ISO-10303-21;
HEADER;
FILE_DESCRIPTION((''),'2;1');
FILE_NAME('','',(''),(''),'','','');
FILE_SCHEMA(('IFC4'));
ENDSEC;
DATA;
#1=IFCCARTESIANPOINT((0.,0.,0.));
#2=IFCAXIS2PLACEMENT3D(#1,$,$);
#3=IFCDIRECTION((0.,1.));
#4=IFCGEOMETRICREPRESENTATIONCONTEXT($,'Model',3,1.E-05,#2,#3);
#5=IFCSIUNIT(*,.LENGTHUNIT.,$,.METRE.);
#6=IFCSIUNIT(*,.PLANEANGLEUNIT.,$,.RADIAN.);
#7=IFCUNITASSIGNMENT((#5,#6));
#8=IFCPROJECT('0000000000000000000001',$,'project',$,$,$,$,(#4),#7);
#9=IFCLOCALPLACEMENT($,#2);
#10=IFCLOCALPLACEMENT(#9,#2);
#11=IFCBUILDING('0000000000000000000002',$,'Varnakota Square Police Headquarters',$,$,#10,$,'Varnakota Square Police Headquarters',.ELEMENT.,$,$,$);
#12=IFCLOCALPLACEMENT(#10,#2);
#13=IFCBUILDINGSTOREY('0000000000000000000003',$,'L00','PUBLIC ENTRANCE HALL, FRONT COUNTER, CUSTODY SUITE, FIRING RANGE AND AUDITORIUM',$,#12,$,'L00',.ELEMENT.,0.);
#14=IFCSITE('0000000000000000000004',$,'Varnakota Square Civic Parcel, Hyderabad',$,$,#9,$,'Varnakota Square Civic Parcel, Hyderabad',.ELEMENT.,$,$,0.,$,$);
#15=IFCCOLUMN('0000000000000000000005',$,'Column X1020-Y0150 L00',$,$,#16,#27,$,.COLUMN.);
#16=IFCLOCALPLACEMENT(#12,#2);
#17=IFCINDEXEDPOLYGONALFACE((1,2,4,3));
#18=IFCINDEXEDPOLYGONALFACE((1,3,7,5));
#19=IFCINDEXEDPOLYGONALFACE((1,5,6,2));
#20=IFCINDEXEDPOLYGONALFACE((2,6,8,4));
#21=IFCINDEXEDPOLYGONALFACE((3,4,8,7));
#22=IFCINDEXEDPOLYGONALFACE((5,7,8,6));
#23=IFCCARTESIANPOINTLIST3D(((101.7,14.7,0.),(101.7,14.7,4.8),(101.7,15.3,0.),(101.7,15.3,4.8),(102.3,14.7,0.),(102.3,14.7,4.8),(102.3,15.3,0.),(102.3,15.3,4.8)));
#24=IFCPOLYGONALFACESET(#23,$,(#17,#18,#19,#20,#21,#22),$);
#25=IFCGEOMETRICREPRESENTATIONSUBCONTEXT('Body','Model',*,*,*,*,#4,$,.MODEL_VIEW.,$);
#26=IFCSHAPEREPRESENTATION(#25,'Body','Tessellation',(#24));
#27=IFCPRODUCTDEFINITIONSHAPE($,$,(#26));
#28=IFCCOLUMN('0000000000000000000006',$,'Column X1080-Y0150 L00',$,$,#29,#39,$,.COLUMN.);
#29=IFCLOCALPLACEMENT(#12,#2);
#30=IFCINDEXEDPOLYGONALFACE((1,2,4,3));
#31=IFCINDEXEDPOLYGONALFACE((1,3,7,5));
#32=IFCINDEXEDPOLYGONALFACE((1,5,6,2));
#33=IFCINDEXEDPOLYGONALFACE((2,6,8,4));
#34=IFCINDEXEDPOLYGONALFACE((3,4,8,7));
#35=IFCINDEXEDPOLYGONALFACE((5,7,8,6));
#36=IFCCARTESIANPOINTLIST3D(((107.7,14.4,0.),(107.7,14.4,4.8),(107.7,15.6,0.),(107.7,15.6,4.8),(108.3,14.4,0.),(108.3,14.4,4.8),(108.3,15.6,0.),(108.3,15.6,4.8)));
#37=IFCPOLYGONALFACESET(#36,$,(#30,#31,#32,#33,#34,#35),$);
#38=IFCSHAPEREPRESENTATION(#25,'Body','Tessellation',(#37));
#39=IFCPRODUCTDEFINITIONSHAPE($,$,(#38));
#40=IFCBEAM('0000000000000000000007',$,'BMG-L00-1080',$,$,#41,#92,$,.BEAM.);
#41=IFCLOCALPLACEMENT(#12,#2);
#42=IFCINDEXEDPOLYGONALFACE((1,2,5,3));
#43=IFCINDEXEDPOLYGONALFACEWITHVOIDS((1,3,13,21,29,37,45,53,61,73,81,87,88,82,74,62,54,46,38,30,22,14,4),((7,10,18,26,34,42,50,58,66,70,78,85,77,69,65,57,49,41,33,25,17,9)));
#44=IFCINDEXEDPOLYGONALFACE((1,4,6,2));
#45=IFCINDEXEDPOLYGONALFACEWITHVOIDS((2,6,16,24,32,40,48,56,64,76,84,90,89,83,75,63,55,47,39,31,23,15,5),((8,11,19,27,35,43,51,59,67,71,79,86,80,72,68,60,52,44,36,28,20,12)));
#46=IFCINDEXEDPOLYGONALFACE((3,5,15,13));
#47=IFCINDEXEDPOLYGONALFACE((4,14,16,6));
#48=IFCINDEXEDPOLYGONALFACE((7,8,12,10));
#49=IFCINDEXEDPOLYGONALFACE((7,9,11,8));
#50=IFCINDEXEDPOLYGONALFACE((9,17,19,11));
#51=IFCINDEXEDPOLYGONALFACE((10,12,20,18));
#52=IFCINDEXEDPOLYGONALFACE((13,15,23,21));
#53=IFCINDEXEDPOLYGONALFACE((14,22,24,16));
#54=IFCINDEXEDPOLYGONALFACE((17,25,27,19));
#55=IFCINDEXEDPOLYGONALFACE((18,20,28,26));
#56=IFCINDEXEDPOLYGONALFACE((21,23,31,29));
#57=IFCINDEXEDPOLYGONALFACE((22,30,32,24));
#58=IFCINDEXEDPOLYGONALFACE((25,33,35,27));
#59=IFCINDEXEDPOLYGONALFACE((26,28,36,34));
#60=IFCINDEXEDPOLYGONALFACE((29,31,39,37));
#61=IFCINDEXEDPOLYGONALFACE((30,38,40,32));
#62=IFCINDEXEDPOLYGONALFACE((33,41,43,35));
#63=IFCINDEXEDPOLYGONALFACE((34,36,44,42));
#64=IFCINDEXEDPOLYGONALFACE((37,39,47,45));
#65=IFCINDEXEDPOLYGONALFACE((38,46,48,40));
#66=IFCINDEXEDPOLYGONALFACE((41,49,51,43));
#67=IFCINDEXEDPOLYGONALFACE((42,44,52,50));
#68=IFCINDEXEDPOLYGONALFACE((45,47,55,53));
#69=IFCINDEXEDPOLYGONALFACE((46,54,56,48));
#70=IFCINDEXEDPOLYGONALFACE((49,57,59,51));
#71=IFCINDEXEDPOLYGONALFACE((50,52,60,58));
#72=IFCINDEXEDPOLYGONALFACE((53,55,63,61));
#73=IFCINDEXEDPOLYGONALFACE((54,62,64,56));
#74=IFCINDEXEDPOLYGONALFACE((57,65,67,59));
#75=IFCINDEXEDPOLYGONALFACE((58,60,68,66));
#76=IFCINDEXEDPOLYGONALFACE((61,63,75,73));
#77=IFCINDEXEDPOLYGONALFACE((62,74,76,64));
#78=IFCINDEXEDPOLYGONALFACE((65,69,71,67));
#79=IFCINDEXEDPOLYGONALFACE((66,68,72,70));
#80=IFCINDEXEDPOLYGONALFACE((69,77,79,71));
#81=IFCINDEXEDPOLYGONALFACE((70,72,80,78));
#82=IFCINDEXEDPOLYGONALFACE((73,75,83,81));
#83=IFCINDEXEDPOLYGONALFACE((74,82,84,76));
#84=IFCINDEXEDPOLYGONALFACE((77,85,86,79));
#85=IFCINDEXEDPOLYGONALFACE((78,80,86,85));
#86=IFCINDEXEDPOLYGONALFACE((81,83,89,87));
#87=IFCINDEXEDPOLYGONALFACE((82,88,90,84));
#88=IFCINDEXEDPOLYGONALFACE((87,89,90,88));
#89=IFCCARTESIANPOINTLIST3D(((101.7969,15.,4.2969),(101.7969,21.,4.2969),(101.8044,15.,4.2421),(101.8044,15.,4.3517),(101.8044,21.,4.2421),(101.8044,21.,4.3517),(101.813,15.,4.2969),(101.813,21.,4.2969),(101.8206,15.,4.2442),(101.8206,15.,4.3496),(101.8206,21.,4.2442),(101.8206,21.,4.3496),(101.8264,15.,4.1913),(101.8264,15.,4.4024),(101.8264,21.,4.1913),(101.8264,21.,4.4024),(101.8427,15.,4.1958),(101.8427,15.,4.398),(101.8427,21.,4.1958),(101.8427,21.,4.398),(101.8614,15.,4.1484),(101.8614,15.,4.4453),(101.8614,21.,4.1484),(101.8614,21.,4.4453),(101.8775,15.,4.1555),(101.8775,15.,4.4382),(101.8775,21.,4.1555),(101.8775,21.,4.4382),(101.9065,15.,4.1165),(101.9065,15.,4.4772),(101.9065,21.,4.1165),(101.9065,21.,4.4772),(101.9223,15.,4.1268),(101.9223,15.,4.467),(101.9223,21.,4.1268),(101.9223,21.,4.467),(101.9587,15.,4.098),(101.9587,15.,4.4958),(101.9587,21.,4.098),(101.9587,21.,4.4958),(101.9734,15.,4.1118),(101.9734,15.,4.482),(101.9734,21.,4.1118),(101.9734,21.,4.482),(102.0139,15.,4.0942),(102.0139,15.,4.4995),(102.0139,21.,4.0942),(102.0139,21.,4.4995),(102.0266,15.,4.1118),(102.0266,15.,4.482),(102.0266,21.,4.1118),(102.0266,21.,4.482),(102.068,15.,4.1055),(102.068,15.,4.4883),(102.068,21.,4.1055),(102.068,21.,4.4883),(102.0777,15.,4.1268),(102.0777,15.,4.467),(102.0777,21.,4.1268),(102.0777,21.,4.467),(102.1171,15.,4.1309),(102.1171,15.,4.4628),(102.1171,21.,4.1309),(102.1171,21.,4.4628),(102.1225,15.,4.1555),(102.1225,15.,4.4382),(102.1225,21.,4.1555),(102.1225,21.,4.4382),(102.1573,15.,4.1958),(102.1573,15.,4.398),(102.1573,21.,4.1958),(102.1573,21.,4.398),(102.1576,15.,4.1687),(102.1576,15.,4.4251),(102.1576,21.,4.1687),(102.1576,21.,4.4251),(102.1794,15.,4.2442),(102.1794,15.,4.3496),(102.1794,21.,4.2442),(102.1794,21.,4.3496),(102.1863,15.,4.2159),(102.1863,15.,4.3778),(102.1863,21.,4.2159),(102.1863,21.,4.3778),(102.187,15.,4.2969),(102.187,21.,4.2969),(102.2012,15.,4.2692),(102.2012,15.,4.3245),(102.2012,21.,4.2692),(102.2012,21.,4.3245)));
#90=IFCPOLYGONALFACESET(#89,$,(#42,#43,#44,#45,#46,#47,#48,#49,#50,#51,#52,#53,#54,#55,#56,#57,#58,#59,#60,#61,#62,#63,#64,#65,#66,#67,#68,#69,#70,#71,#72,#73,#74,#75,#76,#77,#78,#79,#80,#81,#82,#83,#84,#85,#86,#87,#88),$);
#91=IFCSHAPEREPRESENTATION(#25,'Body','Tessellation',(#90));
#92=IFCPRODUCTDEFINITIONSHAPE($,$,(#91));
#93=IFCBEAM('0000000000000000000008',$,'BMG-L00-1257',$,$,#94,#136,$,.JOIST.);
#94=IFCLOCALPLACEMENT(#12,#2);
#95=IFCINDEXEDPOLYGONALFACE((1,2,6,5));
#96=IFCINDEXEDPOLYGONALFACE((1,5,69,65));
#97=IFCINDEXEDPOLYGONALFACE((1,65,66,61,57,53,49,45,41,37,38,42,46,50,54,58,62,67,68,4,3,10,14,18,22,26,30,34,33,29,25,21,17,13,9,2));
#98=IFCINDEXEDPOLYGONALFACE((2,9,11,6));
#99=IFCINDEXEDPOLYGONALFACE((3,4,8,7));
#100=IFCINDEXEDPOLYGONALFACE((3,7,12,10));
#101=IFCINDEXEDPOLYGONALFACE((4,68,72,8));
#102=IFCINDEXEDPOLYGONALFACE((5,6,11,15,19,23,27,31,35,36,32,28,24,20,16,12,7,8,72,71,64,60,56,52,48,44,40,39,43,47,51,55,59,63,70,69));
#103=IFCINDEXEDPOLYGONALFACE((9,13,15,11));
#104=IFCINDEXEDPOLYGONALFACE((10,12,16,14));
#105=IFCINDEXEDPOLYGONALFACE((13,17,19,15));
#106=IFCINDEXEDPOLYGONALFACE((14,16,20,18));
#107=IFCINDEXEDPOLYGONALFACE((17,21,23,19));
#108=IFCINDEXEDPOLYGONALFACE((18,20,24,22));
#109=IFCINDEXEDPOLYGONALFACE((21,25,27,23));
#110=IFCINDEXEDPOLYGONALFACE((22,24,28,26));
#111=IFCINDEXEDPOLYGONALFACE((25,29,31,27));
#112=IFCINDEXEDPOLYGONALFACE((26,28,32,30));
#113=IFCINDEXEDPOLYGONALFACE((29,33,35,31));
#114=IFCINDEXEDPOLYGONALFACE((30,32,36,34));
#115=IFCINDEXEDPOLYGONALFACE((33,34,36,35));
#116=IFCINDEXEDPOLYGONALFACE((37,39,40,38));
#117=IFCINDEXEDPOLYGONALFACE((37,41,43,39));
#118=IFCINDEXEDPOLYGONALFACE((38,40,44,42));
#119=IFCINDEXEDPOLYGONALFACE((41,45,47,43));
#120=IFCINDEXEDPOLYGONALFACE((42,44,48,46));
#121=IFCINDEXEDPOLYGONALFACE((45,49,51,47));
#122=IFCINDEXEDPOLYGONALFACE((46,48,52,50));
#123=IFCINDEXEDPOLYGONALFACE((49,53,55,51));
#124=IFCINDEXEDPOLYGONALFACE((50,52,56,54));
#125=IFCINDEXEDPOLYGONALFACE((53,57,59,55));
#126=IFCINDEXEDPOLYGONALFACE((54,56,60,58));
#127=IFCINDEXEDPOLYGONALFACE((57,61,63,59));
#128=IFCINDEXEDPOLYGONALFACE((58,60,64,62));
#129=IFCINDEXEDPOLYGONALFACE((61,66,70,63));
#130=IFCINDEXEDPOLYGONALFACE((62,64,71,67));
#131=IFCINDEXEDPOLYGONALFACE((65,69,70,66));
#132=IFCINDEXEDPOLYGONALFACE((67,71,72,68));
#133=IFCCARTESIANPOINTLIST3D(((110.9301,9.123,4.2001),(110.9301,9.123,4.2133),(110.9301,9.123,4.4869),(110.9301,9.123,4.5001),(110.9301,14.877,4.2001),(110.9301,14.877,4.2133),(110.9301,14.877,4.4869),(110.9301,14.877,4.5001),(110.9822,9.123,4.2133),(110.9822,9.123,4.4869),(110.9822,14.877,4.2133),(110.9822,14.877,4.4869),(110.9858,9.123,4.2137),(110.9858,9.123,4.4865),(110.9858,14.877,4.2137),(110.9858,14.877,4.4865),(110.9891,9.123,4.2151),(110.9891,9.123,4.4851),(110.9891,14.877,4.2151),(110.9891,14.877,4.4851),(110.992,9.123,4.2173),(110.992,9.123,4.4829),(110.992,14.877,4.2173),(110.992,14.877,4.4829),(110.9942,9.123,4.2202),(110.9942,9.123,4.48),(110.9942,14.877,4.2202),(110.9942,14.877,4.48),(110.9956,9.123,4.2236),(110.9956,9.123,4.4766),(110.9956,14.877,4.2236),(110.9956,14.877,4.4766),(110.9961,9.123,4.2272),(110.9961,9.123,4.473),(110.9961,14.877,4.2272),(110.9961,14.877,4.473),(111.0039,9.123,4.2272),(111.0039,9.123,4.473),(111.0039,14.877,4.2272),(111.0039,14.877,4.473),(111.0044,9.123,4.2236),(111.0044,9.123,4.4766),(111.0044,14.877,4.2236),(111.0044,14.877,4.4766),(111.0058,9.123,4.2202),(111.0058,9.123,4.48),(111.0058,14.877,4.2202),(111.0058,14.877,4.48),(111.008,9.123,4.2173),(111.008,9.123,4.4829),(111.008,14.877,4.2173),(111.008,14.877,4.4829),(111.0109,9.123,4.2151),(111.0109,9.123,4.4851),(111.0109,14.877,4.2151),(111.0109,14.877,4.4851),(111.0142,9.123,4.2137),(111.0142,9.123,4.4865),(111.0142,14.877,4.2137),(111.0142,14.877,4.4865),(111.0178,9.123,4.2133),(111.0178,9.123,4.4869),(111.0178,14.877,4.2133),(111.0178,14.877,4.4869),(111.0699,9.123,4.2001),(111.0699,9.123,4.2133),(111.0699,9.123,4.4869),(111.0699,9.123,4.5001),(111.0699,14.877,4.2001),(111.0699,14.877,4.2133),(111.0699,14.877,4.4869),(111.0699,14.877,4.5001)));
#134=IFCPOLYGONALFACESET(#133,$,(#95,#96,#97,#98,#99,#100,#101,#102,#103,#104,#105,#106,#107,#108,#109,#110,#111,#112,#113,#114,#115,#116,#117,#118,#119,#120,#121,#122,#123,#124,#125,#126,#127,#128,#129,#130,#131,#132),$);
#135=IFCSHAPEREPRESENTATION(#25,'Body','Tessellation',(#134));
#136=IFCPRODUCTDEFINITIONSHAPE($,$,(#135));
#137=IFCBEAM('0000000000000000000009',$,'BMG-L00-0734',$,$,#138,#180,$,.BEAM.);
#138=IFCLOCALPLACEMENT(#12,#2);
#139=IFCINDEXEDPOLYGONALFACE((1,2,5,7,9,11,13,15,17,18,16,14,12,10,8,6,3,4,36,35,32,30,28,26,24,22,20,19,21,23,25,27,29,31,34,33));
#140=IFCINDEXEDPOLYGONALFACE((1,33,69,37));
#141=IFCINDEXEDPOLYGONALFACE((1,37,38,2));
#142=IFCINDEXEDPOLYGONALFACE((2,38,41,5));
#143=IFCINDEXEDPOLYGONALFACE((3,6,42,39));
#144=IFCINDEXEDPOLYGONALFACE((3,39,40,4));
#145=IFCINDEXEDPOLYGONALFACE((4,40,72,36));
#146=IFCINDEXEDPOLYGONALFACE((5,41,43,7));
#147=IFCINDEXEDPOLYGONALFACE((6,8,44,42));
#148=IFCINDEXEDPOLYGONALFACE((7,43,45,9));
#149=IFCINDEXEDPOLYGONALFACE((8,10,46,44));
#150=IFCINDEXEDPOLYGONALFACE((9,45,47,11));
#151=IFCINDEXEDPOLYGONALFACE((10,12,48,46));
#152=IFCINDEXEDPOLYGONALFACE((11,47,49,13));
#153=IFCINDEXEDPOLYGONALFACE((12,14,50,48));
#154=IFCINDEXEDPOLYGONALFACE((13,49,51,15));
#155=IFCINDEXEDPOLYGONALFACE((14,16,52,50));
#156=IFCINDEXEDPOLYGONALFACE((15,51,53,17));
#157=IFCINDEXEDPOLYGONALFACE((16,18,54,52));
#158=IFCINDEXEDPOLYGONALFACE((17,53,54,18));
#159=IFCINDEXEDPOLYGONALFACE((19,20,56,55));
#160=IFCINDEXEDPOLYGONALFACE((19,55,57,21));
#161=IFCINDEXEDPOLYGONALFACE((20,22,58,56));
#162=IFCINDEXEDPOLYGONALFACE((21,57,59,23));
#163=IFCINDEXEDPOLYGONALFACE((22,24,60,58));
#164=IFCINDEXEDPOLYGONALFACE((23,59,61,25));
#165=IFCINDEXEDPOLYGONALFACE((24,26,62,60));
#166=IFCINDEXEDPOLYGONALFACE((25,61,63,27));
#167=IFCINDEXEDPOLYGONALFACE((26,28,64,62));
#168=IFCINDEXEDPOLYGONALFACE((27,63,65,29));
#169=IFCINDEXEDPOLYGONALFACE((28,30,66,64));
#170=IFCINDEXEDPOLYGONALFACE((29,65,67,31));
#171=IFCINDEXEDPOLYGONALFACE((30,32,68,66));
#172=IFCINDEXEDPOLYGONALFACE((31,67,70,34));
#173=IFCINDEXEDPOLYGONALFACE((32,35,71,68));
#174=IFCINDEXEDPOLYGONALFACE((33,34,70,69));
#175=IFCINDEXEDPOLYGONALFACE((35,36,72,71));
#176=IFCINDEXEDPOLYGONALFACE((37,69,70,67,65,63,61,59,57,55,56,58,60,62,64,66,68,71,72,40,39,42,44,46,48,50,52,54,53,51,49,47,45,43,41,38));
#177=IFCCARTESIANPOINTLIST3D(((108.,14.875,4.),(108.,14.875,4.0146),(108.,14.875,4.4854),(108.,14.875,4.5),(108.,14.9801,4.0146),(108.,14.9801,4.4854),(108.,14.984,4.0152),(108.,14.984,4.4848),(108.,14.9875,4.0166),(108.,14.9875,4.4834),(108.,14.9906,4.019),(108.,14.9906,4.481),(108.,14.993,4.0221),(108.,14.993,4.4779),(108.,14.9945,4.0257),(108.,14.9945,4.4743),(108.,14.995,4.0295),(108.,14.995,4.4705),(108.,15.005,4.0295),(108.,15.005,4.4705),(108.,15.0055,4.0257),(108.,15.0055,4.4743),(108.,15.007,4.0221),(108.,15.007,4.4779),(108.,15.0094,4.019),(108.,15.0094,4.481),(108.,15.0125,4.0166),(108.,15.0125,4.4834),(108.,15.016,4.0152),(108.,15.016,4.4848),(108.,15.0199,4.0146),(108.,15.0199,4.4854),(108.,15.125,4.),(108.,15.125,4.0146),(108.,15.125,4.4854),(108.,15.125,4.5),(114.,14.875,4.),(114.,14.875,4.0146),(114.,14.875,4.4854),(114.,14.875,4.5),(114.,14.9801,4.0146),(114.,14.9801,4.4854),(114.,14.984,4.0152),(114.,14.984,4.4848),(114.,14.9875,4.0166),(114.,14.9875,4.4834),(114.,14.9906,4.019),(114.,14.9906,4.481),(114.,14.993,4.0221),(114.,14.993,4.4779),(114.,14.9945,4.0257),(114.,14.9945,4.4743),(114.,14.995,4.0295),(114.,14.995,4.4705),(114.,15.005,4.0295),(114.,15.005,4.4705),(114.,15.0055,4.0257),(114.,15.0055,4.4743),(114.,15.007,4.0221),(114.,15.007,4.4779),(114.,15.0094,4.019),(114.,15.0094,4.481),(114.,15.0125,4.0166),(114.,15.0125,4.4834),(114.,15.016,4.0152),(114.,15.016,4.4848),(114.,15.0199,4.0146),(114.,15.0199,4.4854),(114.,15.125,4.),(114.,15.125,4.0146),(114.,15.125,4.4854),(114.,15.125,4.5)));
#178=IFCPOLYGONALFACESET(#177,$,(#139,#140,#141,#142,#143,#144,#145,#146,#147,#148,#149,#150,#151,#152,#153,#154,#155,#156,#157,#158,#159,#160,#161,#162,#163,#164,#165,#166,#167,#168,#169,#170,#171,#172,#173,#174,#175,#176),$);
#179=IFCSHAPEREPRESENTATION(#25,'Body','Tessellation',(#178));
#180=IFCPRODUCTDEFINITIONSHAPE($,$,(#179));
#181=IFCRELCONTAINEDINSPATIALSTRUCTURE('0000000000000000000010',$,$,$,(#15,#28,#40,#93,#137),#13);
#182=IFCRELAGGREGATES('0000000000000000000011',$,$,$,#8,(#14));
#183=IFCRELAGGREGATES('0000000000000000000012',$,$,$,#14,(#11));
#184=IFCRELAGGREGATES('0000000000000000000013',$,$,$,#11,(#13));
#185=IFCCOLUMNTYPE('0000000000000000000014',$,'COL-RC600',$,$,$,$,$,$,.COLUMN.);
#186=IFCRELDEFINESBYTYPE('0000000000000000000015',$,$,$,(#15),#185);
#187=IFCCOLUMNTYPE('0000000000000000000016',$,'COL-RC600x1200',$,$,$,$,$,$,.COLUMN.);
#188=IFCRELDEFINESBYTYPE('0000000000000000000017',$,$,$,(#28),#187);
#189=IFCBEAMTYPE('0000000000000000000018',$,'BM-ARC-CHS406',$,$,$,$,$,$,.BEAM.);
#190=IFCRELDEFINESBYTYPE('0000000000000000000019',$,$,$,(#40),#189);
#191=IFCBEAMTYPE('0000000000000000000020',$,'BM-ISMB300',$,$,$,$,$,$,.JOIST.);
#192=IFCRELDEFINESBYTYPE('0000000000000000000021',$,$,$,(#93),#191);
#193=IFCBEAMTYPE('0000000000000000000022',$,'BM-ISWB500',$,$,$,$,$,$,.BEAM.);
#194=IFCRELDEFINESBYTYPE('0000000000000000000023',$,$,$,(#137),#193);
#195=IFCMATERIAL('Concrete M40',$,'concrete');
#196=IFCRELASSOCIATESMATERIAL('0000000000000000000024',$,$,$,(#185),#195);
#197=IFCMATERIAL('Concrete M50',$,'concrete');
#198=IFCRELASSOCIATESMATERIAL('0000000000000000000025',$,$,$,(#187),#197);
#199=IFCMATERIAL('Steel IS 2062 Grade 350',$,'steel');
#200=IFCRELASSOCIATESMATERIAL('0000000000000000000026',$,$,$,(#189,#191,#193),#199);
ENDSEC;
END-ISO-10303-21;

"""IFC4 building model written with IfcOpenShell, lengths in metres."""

from ifc_helpers import new_model, si_unit, direction, frame, origin, origin_2d, place, context, subcontext, project, spatial, rectangle, hollow_circle, i_section, extrude, material, material_profile, profile_set, type_object, element, save


model = new_model("IFC4")

# Units and contexts
model_context = context("Model", 3, precision=1e-05, world=origin(), true_north=direction((0.0, 1.0)))
body_context = subcontext(model_context, "Body", "Model", "MODEL_VIEW")
ifc_project = project(units=[si_unit("LENGTHUNIT", "METRE"), si_unit("PLANEANGLEUNIT", "RADIAN")], contexts=[model_context])

# Site, building, storey
site_placement = place(None, origin())
site = spatial("IfcSite", under=ifc_project, at=site_placement, Name="Varnakota Square Civic Parcel, Hyderabad", LongName="Varnakota Square Civic Parcel, Hyderabad", CompositionType="ELEMENT", RefElevation=0.0)
building_placement = place(site_placement, origin())
building = spatial("IfcBuilding", under=site, at=building_placement, Name="Varnakota Square Police Headquarters", LongName="Varnakota Square Police Headquarters", CompositionType="ELEMENT")
storey_placement = place(building_placement, origin())
storey = spatial("IfcBuildingStorey", under=building, at=storey_placement, Name="L00", Description="PUBLIC ENTRANCE HALL, FRONT COUNTER, CUSTODY SUITE, FIRING RANGE AND AUDITORIUM", LongName="L00", CompositionType="ELEMENT", Elevation=0.0)

# Columns
ifc_material_1 = material(Name="Concrete M40", Category="concrete")
ifc_material_profile_1 = material_profile(ifc_material_1, rectangle(XDim=0.6001, YDim=0.6001, at=origin_2d()), Name="RC 600x600")
ifc_profile_set_1 = profile_set([ifc_material_profile_1], Name="Concrete M40")
column_type_1 = type_object("IfcColumnType", Name="COL-RC600", PredefinedType="COLUMN", material=ifc_profile_set_1)
column_1_placement = place(storey_placement, frame((102.0, 15.0, 0.0), z_axis=(0.0, 0.0, 1.0), x_axis=(1.0, 0.0, 0.0)))
element("IfcColumn", 1, at=column_1_placement, inside=storey, type_object=column_type_1, Name="Column X1020-Y0150 L00", PredefinedType="COLUMN", context=body_context, shape_type="SweptSolid", body=[
    extrude(rectangle(XDim=0.6001, YDim=0.6001, at=origin_2d()), origin(), (0.0, 0.0, 1.0), 4.8),
])
ifc_material_2 = material(Name="Concrete M50", Category="concrete")
ifc_material_profile_2 = material_profile(ifc_material_2, rectangle(XDim=0.6001, YDim=1.2, at=origin_2d()), Name="RC 600x1200")
ifc_profile_set_2 = profile_set([ifc_material_profile_2], Name="Concrete M50")
column_type_2 = type_object("IfcColumnType", Name="COL-RC600x1200", PredefinedType="COLUMN", material=ifc_profile_set_2)
column_2_placement = place(storey_placement, frame((108.0, 15.0, 0.0), z_axis=(0.0, 0.0, 1.0), x_axis=(1.0, 0.0, 0.0)))
element("IfcColumn", 2, at=column_2_placement, inside=storey, type_object=column_type_2, Name="Column X1080-Y0150 L00", PredefinedType="COLUMN", context=body_context, shape_type="SweptSolid", body=[
    extrude(rectangle(XDim=0.6001, YDim=1.2, at=origin_2d()), origin(), (0.0, 0.0, 1.0), 4.8),
])

# Beams
ifc_material_3 = material(Name="Steel IS 2062 Grade 350", Category="steel")
ifc_material_profile_3 = material_profile(ifc_material_3, hollow_circle(Radius=0.2031, WallThickness=0.0161, at=origin_2d()), Name="CHS 406.4x16.0")
ifc_profile_set_3 = profile_set([ifc_material_profile_3], Name="Steel IS 2062 Grade 350")
beam_type_1 = type_object("IfcBeamType", Name="BM-ARC-CHS406", PredefinedType="BEAM", material=ifc_profile_set_3)
beam_1_placement = place(storey_placement, frame((102.0, 15.0, 4.2969), z_axis=(0.0, 1.0, 0.0), x_axis=(-1.0, 0.0, 0.0)))
element("IfcBeam", 3, at=beam_1_placement, inside=storey, type_object=beam_type_1, Name="BMG-L00-1080", PredefinedType="BEAM", context=body_context, shape_type="SweptSolid", body=[
    extrude(hollow_circle(Radius=0.2031, WallThickness=0.0161, at=origin_2d()), origin(), (0.0, 0.0, 1.0), 6.0),
])
ifc_material_profile_4 = material_profile(ifc_material_3, i_section(OverallWidth=0.1399, OverallDepth=0.3, WebThickness=0.0078, FlangeThickness=0.0132, FilletRadius=0.0139, at=origin_2d()), Name="ISMB 300")
ifc_profile_set_4 = profile_set([ifc_material_profile_4], Name="Steel IS 2062 Grade 350")
beam_type_2 = type_object("IfcBeamType", Name="BM-ISMB300", PredefinedType="JOIST", material=ifc_profile_set_4)
beam_2_placement = place(storey_placement, frame((111.0, 9.123, 4.3501), z_axis=(0.0, 1.0, 0.0), x_axis=(-1.0, 0.0, 0.0)))
element("IfcBeam", 4, at=beam_2_placement, inside=storey, type_object=beam_type_2, Name="BMG-L00-1257", PredefinedType="JOIST", context=body_context, shape_type="SweptSolid", body=[
    extrude(i_section(OverallWidth=0.1399, OverallDepth=0.3, WebThickness=0.0078, FlangeThickness=0.0132, FilletRadius=0.0139, at=origin_2d()), origin(), (0.0, 0.0, 1.0), 5.7539),
])
ifc_material_profile_5 = material_profile(ifc_material_3, i_section(OverallWidth=0.25, OverallDepth=0.5, WebThickness=0.01, FlangeThickness=0.0146, FilletRadius=0.0149, at=origin_2d()), Name="ISWB 500")
ifc_profile_set_5 = profile_set([ifc_material_profile_5], Name="Steel IS 2062 Grade 350")
beam_type_3 = type_object("IfcBeamType", Name="BM-ISWB500", PredefinedType="BEAM", material=ifc_profile_set_5)
beam_3_placement = place(storey_placement, frame((108.0, 15.0, 4.25), z_axis=(1.0, 0.0, 0.0), x_axis=(0.0, 1.0, 0.0)))
element("IfcBeam", 5, at=beam_3_placement, inside=storey, type_object=beam_type_3, Name="BMG-L00-0734", PredefinedType="BEAM", context=body_context, shape_type="SweptSolid", body=[
    extrude(i_section(OverallWidth=0.25, OverallDepth=0.5, WebThickness=0.01, FlangeThickness=0.0146, FilletRadius=0.0149, at=origin_2d()), origin(), (0.0, 0.0, 1.0), 6.0),
])

save(model, "model.ifc")
